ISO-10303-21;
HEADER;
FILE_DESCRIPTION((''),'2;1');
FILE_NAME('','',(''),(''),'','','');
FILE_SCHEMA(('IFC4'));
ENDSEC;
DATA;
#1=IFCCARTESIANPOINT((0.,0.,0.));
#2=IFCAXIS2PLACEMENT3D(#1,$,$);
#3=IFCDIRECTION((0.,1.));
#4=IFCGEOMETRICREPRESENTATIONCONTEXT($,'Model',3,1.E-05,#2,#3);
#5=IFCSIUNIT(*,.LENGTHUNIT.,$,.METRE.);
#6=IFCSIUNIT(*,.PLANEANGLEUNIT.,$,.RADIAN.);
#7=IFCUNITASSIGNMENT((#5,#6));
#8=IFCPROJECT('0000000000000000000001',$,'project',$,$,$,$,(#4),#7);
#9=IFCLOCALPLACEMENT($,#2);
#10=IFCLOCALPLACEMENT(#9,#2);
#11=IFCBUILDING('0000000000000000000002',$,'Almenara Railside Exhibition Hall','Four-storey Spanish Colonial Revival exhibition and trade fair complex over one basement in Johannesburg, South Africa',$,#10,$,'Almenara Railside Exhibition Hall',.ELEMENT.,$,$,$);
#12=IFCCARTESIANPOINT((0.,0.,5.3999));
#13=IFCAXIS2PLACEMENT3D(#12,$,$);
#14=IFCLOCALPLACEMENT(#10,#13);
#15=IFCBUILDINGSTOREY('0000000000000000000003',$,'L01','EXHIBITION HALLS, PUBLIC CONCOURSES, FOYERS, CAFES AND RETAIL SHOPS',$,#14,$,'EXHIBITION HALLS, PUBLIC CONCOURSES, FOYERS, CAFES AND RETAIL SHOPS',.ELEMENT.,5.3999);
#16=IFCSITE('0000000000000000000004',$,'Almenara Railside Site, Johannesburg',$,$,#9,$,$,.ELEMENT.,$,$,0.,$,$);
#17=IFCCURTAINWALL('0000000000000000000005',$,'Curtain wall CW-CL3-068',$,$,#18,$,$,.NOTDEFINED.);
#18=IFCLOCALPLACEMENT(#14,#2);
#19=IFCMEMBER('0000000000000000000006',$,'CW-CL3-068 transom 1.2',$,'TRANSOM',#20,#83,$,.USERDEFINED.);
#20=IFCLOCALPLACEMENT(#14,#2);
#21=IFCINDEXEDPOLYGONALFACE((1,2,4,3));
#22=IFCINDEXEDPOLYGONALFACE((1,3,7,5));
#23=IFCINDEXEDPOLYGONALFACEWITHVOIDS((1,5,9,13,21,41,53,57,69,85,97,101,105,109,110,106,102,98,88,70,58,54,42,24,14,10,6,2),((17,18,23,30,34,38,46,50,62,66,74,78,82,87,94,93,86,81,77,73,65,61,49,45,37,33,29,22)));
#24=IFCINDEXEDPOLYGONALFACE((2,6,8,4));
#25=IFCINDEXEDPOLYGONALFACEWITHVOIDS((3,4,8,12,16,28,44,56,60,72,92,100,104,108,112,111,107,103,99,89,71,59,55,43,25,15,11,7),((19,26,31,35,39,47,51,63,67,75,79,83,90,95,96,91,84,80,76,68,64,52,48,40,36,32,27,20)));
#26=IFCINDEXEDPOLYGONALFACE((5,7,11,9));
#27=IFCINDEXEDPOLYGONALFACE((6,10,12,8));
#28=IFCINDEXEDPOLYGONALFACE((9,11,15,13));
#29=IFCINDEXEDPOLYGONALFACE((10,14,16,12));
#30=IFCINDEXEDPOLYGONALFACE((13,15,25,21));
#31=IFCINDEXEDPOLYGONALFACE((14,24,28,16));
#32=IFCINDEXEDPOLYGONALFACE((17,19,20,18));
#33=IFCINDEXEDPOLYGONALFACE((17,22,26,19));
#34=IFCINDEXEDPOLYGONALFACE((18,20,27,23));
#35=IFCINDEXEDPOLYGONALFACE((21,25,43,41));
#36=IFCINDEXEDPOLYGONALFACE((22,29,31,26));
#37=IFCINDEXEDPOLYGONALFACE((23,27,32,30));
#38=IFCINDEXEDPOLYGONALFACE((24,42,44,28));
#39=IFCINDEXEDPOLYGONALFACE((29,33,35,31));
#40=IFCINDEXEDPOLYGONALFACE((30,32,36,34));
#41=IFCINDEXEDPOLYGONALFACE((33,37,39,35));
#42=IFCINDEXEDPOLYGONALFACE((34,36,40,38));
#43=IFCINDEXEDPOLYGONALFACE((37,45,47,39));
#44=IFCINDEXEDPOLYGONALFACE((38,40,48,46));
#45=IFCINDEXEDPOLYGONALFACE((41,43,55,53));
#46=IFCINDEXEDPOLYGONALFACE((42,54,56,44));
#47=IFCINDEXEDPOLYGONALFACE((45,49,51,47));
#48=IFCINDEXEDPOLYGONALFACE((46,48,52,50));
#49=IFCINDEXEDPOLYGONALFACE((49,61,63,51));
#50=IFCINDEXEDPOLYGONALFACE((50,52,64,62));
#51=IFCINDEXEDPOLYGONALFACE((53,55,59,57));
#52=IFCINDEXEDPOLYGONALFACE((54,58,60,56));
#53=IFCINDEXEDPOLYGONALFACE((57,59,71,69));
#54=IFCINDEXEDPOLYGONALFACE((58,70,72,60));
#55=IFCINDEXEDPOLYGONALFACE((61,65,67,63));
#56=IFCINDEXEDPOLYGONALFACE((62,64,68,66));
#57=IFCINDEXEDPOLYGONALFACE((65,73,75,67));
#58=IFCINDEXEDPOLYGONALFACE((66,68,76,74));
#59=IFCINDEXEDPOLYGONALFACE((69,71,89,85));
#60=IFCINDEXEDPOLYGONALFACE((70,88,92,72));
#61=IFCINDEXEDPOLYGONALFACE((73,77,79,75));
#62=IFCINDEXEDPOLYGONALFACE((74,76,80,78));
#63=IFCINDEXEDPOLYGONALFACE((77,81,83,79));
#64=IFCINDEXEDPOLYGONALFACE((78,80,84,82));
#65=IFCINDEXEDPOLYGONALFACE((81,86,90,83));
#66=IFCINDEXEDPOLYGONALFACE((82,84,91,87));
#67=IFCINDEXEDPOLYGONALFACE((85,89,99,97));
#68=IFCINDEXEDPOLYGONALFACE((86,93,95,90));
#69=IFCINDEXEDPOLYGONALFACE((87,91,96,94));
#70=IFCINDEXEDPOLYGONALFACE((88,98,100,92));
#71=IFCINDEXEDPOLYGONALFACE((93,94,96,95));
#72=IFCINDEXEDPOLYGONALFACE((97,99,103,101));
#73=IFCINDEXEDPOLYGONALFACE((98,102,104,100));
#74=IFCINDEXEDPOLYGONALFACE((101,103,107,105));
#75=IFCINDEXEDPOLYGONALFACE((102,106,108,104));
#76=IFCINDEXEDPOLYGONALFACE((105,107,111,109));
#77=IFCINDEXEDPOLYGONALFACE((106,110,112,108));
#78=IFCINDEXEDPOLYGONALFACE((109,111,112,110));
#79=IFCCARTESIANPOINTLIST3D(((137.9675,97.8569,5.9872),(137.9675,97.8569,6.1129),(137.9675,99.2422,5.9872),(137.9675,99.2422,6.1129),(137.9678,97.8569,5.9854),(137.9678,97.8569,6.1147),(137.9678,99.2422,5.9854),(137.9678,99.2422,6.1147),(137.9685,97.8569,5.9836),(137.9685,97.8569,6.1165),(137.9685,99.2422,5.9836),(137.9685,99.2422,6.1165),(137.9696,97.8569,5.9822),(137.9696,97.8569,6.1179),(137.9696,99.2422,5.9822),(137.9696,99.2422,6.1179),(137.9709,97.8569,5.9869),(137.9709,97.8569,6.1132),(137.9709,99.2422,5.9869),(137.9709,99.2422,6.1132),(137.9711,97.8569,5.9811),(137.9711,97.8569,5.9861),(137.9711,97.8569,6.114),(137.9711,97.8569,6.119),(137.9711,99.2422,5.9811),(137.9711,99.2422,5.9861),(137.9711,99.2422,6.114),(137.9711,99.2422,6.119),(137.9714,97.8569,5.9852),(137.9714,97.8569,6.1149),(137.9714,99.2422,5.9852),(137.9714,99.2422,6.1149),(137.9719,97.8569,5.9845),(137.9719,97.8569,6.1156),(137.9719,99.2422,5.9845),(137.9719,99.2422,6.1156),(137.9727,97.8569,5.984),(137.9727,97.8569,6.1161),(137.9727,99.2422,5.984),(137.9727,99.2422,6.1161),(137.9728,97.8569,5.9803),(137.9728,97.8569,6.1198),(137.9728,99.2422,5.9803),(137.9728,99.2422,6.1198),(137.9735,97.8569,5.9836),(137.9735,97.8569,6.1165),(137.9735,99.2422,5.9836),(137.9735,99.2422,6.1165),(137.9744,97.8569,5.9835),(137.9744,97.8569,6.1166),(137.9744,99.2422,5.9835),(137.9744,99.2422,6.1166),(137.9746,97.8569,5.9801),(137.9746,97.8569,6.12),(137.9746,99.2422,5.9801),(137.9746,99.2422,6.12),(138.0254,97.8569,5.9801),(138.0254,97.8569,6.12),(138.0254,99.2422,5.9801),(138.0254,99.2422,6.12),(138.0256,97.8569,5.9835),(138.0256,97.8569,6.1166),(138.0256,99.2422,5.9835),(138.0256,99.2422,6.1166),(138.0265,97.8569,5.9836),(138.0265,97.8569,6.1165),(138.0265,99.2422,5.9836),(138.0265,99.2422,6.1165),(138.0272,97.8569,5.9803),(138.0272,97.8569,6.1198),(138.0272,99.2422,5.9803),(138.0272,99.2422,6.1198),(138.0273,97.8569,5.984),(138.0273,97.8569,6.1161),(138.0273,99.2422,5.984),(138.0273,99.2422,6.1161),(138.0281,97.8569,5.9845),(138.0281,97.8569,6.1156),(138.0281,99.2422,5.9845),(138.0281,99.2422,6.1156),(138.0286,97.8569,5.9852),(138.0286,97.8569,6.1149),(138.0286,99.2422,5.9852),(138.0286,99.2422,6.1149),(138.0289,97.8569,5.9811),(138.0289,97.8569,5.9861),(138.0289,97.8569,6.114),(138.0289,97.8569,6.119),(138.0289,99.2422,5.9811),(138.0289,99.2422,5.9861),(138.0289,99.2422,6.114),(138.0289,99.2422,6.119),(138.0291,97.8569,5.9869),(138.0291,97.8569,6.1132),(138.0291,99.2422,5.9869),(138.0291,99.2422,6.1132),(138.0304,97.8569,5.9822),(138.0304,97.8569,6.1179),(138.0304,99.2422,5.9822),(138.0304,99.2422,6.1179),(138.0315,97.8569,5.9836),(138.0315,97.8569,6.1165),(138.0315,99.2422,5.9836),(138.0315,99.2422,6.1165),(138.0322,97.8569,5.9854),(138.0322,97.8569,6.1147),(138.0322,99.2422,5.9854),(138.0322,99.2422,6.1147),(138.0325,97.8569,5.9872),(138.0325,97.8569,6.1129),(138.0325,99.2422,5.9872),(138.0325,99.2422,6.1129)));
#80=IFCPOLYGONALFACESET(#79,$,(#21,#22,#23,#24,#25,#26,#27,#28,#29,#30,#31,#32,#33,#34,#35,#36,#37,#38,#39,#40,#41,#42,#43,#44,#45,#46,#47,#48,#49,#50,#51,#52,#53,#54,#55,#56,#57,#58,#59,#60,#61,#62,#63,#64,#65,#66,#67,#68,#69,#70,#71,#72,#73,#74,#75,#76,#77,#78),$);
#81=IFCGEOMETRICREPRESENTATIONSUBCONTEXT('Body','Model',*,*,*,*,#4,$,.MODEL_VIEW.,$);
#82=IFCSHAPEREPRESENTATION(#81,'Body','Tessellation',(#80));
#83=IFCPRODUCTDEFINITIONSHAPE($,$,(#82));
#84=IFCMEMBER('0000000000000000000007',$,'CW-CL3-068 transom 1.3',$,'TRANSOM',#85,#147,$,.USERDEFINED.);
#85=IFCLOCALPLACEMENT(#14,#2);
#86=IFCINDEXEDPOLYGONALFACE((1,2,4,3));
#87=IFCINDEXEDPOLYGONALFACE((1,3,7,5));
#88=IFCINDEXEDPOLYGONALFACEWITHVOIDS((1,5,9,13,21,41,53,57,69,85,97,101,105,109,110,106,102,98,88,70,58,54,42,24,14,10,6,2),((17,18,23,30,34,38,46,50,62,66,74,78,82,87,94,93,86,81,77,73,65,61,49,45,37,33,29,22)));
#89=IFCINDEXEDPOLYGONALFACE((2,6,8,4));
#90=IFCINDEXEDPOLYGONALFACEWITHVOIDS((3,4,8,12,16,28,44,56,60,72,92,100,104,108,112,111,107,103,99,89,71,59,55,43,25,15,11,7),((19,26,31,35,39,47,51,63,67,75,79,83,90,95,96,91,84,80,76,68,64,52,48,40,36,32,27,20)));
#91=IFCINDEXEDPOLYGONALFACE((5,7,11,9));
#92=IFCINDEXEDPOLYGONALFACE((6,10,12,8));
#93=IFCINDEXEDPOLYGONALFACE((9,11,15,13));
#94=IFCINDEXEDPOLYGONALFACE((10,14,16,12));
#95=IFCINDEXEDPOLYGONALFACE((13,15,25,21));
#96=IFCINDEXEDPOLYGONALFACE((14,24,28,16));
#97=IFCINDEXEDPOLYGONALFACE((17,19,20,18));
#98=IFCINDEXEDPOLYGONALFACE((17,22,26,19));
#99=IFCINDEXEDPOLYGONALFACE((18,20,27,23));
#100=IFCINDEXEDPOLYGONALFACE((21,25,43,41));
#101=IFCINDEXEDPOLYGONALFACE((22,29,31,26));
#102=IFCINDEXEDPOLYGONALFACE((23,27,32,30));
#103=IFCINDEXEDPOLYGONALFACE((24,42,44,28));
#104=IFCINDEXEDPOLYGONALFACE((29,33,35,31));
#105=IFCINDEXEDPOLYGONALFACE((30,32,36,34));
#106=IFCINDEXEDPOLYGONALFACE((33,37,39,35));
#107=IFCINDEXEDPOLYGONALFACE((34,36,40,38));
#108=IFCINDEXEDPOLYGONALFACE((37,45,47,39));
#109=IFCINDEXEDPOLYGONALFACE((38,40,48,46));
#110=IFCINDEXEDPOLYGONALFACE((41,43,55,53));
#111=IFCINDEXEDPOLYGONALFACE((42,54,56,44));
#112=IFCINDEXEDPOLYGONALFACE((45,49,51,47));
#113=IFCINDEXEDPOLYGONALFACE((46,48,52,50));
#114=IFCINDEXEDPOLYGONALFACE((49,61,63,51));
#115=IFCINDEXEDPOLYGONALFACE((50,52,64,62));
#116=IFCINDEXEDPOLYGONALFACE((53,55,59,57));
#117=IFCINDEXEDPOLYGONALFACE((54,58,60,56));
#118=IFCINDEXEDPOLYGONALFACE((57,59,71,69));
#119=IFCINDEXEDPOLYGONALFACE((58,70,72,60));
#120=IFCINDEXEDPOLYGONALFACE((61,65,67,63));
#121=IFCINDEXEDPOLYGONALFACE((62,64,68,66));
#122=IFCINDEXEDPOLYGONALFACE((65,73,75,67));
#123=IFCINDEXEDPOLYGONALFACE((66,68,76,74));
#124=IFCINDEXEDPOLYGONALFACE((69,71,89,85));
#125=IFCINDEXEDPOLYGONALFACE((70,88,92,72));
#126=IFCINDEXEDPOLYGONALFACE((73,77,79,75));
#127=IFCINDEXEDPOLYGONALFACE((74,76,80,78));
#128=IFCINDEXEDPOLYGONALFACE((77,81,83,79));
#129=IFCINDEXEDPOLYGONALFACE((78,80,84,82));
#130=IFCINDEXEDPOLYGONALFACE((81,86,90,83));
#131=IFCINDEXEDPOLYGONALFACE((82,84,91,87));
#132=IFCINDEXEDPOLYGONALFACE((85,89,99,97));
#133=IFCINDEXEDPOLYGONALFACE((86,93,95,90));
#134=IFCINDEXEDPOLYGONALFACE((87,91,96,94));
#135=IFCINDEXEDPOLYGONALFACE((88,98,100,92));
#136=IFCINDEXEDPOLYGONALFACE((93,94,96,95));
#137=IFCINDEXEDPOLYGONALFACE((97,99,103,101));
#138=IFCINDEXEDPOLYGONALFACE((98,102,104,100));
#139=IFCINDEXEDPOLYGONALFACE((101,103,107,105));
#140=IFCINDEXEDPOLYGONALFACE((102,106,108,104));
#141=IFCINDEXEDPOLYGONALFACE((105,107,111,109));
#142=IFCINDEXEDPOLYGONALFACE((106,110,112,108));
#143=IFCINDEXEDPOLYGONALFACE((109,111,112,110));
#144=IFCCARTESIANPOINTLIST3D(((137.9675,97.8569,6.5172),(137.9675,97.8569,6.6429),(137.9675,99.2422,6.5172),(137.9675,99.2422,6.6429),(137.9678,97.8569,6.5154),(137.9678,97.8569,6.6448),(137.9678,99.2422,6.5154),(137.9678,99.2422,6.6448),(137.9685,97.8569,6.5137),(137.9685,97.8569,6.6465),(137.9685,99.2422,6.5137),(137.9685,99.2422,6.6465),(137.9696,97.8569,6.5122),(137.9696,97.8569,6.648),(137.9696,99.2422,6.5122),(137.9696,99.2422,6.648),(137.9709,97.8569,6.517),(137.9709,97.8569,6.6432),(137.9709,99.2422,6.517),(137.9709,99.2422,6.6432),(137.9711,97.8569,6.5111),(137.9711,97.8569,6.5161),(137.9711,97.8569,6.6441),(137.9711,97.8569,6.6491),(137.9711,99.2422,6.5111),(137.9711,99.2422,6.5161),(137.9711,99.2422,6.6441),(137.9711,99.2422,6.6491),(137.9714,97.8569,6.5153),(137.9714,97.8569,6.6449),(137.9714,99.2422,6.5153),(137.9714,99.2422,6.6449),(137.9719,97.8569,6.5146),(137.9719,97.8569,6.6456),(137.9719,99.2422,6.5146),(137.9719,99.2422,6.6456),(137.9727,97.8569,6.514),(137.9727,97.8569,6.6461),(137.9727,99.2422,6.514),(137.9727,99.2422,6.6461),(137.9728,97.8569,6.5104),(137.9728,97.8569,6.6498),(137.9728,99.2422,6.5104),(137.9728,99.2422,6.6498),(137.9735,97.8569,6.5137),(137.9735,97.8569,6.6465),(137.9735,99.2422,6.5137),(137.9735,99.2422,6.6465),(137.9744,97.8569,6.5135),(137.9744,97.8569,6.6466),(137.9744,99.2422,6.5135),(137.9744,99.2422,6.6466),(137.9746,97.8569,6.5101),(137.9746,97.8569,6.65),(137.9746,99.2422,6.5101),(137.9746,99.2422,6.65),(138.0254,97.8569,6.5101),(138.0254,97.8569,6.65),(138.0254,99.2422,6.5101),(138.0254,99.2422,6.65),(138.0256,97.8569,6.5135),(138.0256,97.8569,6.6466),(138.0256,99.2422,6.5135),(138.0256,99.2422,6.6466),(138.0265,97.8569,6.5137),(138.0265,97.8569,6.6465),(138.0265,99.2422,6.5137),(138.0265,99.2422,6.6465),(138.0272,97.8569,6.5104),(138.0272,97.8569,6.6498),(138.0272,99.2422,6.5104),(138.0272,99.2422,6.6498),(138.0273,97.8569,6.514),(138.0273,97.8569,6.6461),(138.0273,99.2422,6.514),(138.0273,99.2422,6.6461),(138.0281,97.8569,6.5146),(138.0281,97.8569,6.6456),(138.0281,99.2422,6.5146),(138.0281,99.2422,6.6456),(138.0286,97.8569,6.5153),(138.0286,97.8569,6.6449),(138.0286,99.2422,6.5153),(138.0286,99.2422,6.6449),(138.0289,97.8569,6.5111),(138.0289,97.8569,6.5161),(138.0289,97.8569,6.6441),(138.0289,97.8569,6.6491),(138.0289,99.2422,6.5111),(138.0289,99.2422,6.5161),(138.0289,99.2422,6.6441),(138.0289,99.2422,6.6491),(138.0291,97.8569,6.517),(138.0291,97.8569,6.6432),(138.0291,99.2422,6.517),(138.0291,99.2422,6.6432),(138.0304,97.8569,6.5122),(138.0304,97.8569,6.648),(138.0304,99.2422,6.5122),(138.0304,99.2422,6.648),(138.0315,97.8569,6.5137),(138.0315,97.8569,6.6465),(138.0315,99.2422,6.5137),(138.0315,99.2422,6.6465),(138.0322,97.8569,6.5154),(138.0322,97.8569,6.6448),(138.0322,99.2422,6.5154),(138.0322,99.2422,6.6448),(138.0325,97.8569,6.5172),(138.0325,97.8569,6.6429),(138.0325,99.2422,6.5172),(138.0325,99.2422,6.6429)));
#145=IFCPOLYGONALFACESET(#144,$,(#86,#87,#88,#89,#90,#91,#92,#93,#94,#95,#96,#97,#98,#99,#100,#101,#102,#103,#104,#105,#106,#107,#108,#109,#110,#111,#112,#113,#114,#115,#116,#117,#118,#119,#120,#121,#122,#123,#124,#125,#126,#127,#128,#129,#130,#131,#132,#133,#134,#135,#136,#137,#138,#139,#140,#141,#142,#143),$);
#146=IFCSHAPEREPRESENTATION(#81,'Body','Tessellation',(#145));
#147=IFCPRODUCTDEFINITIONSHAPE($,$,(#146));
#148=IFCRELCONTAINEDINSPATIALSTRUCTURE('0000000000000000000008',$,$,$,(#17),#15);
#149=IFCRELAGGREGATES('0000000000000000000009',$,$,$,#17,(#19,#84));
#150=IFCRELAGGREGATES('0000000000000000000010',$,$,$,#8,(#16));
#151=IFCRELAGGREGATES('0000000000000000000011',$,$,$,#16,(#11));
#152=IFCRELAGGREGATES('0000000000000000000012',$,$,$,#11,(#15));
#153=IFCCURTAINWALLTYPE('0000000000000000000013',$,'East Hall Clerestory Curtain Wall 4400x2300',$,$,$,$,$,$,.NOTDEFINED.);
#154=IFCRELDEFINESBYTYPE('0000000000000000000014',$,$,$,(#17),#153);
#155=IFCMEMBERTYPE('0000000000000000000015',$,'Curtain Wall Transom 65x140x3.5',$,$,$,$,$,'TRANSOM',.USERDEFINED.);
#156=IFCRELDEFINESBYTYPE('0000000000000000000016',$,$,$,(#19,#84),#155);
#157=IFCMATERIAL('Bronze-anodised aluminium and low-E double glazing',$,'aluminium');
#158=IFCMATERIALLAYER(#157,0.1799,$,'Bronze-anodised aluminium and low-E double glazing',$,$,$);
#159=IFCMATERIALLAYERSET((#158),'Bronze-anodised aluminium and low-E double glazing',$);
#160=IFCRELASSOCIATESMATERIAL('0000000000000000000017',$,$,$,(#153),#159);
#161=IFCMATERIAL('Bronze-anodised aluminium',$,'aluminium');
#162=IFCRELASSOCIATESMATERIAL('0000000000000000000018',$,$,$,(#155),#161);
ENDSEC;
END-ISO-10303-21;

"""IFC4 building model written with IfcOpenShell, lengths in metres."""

from ifc_helpers import new_model, si_unit, direction, frame, origin, origin_2d, place, context, subcontext, project, spatial, hollow_rectangle, extrude, material, layer, layer_set, material_profile, profile_set, type_object, element, aggregate, save


model = new_model("IFC4")

# Units and contexts
model_context = context("Model", 3, precision=1e-05, world=origin(), true_north=direction((0.0, 1.0)))
body_context = subcontext(model_context, "Body", "Model", "MODEL_VIEW")
ifc_project = project(units=[si_unit("LENGTHUNIT", "METRE"), si_unit("PLANEANGLEUNIT", "RADIAN")], contexts=[model_context])

# Site, building, storey
site_placement = place(None, origin())
site = spatial("IfcSite", under=ifc_project, at=site_placement, Name="Almenara Railside Site, Johannesburg", CompositionType="ELEMENT", RefElevation=0.0)
building_placement = place(site_placement, origin())
building = spatial("IfcBuilding", under=site, at=building_placement, Name="Almenara Railside Exhibition Hall", Description="Four-storey Spanish Colonial Revival exhibition and trade fair complex over one basement in Johannesburg, South Africa", LongName="Almenara Railside Exhibition Hall", CompositionType="ELEMENT")
storey_placement = place(building_placement, frame((0.0, 0.0, 5.3999)))
storey = spatial("IfcBuildingStorey", under=building, at=storey_placement, Name="L01", Description="EXHIBITION HALLS, PUBLIC CONCOURSES, FOYERS, CAFES AND RETAIL SHOPS", LongName="EXHIBITION HALLS, PUBLIC CONCOURSES, FOYERS, CAFES AND RETAIL SHOPS", CompositionType="ELEMENT", Elevation=5.3999)

# Curtain wall
ifc_material_1 = material(Name="Bronze-anodised aluminium and low-E double glazing", Category="aluminium")
ifc_layer_1 = layer(ifc_material_1, 0.1799, Name="Bronze-anodised aluminium and low-E double glazing")
ifc_layer_set_1 = layer_set([ifc_layer_1], Name="Bronze-anodised aluminium and low-E double glazing")
curtain_wall_type = type_object("IfcCurtainWallType", Name="East Hall Clerestory Curtain Wall 4400x2300", PredefinedType="NOTDEFINED", material=ifc_layer_set_1)
curtain_wall_1_placement = place(storey_placement, origin())
curtain_wall_1 = element("IfcCurtainWall", 1, at=curtain_wall_1_placement, inside=storey, type_object=curtain_wall_type, Name="Curtain wall CW-CL3-068", PredefinedType="NOTDEFINED")
ifc_material_2 = material(Name="Bronze-anodised aluminium", Category="aluminium")

# Members
ifc_material_profile_1 = material_profile(ifc_material_2, hollow_rectangle(XDim=0.0649, YDim=0.1399, WallThickness=0.0034, InnerFilletRadius=0.0034, OuterFilletRadius=0.0071, at=origin_2d()), Name="ALU-TRN 65x140x3.5")
ifc_profile_set_1 = profile_set([ifc_material_profile_1], Name="Bronze-anodised aluminium")
member_type_1 = type_object("IfcMemberType", Name="Curtain Wall Transom 65x140x3.5", ElementType="TRANSOM", PredefinedType="USERDEFINED", material=ifc_profile_set_1)
member_1_placement = place(storey_placement, frame((138.0, 97.8569, 6.05), z_axis=(0.0, 1.0, 0.0), x_axis=(-1.0, 0.0, 0.0)))
member_1 = element("IfcMember", 2, at=member_1_placement, type_object=member_type_1, Name="CW-CL3-068 transom 1.2", ObjectType="TRANSOM", PredefinedType="USERDEFINED", context=body_context, shape_type="SweptSolid", body=[
    extrude(hollow_rectangle(XDim=0.0649, YDim=0.1399, WallThickness=0.0034, InnerFilletRadius=0.0034, OuterFilletRadius=0.0071, at=origin_2d()), origin(), (0.0, 0.0, 1.0), 1.3853),
])
member_2_placement = place(storey_placement, frame((138.0, 97.8569, 6.5801), z_axis=(0.0, 1.0, 0.0), x_axis=(-1.0, 0.0, 0.0)))
member_2 = element("IfcMember", 3, at=member_2_placement, type_object=member_type_1, Name="CW-CL3-068 transom 1.3", ObjectType="TRANSOM", PredefinedType="USERDEFINED", context=body_context, shape_type="SweptSolid", body=[
    extrude(hollow_rectangle(XDim=0.0649, YDim=0.1399, WallThickness=0.0034, InnerFilletRadius=0.0034, OuterFilletRadius=0.0071, at=origin_2d()), origin(), (0.0, 0.0, 1.0), 1.3853),
])

aggregate(curtain_wall_1, [member_1, member_2])

save(model, "model.ifc")
